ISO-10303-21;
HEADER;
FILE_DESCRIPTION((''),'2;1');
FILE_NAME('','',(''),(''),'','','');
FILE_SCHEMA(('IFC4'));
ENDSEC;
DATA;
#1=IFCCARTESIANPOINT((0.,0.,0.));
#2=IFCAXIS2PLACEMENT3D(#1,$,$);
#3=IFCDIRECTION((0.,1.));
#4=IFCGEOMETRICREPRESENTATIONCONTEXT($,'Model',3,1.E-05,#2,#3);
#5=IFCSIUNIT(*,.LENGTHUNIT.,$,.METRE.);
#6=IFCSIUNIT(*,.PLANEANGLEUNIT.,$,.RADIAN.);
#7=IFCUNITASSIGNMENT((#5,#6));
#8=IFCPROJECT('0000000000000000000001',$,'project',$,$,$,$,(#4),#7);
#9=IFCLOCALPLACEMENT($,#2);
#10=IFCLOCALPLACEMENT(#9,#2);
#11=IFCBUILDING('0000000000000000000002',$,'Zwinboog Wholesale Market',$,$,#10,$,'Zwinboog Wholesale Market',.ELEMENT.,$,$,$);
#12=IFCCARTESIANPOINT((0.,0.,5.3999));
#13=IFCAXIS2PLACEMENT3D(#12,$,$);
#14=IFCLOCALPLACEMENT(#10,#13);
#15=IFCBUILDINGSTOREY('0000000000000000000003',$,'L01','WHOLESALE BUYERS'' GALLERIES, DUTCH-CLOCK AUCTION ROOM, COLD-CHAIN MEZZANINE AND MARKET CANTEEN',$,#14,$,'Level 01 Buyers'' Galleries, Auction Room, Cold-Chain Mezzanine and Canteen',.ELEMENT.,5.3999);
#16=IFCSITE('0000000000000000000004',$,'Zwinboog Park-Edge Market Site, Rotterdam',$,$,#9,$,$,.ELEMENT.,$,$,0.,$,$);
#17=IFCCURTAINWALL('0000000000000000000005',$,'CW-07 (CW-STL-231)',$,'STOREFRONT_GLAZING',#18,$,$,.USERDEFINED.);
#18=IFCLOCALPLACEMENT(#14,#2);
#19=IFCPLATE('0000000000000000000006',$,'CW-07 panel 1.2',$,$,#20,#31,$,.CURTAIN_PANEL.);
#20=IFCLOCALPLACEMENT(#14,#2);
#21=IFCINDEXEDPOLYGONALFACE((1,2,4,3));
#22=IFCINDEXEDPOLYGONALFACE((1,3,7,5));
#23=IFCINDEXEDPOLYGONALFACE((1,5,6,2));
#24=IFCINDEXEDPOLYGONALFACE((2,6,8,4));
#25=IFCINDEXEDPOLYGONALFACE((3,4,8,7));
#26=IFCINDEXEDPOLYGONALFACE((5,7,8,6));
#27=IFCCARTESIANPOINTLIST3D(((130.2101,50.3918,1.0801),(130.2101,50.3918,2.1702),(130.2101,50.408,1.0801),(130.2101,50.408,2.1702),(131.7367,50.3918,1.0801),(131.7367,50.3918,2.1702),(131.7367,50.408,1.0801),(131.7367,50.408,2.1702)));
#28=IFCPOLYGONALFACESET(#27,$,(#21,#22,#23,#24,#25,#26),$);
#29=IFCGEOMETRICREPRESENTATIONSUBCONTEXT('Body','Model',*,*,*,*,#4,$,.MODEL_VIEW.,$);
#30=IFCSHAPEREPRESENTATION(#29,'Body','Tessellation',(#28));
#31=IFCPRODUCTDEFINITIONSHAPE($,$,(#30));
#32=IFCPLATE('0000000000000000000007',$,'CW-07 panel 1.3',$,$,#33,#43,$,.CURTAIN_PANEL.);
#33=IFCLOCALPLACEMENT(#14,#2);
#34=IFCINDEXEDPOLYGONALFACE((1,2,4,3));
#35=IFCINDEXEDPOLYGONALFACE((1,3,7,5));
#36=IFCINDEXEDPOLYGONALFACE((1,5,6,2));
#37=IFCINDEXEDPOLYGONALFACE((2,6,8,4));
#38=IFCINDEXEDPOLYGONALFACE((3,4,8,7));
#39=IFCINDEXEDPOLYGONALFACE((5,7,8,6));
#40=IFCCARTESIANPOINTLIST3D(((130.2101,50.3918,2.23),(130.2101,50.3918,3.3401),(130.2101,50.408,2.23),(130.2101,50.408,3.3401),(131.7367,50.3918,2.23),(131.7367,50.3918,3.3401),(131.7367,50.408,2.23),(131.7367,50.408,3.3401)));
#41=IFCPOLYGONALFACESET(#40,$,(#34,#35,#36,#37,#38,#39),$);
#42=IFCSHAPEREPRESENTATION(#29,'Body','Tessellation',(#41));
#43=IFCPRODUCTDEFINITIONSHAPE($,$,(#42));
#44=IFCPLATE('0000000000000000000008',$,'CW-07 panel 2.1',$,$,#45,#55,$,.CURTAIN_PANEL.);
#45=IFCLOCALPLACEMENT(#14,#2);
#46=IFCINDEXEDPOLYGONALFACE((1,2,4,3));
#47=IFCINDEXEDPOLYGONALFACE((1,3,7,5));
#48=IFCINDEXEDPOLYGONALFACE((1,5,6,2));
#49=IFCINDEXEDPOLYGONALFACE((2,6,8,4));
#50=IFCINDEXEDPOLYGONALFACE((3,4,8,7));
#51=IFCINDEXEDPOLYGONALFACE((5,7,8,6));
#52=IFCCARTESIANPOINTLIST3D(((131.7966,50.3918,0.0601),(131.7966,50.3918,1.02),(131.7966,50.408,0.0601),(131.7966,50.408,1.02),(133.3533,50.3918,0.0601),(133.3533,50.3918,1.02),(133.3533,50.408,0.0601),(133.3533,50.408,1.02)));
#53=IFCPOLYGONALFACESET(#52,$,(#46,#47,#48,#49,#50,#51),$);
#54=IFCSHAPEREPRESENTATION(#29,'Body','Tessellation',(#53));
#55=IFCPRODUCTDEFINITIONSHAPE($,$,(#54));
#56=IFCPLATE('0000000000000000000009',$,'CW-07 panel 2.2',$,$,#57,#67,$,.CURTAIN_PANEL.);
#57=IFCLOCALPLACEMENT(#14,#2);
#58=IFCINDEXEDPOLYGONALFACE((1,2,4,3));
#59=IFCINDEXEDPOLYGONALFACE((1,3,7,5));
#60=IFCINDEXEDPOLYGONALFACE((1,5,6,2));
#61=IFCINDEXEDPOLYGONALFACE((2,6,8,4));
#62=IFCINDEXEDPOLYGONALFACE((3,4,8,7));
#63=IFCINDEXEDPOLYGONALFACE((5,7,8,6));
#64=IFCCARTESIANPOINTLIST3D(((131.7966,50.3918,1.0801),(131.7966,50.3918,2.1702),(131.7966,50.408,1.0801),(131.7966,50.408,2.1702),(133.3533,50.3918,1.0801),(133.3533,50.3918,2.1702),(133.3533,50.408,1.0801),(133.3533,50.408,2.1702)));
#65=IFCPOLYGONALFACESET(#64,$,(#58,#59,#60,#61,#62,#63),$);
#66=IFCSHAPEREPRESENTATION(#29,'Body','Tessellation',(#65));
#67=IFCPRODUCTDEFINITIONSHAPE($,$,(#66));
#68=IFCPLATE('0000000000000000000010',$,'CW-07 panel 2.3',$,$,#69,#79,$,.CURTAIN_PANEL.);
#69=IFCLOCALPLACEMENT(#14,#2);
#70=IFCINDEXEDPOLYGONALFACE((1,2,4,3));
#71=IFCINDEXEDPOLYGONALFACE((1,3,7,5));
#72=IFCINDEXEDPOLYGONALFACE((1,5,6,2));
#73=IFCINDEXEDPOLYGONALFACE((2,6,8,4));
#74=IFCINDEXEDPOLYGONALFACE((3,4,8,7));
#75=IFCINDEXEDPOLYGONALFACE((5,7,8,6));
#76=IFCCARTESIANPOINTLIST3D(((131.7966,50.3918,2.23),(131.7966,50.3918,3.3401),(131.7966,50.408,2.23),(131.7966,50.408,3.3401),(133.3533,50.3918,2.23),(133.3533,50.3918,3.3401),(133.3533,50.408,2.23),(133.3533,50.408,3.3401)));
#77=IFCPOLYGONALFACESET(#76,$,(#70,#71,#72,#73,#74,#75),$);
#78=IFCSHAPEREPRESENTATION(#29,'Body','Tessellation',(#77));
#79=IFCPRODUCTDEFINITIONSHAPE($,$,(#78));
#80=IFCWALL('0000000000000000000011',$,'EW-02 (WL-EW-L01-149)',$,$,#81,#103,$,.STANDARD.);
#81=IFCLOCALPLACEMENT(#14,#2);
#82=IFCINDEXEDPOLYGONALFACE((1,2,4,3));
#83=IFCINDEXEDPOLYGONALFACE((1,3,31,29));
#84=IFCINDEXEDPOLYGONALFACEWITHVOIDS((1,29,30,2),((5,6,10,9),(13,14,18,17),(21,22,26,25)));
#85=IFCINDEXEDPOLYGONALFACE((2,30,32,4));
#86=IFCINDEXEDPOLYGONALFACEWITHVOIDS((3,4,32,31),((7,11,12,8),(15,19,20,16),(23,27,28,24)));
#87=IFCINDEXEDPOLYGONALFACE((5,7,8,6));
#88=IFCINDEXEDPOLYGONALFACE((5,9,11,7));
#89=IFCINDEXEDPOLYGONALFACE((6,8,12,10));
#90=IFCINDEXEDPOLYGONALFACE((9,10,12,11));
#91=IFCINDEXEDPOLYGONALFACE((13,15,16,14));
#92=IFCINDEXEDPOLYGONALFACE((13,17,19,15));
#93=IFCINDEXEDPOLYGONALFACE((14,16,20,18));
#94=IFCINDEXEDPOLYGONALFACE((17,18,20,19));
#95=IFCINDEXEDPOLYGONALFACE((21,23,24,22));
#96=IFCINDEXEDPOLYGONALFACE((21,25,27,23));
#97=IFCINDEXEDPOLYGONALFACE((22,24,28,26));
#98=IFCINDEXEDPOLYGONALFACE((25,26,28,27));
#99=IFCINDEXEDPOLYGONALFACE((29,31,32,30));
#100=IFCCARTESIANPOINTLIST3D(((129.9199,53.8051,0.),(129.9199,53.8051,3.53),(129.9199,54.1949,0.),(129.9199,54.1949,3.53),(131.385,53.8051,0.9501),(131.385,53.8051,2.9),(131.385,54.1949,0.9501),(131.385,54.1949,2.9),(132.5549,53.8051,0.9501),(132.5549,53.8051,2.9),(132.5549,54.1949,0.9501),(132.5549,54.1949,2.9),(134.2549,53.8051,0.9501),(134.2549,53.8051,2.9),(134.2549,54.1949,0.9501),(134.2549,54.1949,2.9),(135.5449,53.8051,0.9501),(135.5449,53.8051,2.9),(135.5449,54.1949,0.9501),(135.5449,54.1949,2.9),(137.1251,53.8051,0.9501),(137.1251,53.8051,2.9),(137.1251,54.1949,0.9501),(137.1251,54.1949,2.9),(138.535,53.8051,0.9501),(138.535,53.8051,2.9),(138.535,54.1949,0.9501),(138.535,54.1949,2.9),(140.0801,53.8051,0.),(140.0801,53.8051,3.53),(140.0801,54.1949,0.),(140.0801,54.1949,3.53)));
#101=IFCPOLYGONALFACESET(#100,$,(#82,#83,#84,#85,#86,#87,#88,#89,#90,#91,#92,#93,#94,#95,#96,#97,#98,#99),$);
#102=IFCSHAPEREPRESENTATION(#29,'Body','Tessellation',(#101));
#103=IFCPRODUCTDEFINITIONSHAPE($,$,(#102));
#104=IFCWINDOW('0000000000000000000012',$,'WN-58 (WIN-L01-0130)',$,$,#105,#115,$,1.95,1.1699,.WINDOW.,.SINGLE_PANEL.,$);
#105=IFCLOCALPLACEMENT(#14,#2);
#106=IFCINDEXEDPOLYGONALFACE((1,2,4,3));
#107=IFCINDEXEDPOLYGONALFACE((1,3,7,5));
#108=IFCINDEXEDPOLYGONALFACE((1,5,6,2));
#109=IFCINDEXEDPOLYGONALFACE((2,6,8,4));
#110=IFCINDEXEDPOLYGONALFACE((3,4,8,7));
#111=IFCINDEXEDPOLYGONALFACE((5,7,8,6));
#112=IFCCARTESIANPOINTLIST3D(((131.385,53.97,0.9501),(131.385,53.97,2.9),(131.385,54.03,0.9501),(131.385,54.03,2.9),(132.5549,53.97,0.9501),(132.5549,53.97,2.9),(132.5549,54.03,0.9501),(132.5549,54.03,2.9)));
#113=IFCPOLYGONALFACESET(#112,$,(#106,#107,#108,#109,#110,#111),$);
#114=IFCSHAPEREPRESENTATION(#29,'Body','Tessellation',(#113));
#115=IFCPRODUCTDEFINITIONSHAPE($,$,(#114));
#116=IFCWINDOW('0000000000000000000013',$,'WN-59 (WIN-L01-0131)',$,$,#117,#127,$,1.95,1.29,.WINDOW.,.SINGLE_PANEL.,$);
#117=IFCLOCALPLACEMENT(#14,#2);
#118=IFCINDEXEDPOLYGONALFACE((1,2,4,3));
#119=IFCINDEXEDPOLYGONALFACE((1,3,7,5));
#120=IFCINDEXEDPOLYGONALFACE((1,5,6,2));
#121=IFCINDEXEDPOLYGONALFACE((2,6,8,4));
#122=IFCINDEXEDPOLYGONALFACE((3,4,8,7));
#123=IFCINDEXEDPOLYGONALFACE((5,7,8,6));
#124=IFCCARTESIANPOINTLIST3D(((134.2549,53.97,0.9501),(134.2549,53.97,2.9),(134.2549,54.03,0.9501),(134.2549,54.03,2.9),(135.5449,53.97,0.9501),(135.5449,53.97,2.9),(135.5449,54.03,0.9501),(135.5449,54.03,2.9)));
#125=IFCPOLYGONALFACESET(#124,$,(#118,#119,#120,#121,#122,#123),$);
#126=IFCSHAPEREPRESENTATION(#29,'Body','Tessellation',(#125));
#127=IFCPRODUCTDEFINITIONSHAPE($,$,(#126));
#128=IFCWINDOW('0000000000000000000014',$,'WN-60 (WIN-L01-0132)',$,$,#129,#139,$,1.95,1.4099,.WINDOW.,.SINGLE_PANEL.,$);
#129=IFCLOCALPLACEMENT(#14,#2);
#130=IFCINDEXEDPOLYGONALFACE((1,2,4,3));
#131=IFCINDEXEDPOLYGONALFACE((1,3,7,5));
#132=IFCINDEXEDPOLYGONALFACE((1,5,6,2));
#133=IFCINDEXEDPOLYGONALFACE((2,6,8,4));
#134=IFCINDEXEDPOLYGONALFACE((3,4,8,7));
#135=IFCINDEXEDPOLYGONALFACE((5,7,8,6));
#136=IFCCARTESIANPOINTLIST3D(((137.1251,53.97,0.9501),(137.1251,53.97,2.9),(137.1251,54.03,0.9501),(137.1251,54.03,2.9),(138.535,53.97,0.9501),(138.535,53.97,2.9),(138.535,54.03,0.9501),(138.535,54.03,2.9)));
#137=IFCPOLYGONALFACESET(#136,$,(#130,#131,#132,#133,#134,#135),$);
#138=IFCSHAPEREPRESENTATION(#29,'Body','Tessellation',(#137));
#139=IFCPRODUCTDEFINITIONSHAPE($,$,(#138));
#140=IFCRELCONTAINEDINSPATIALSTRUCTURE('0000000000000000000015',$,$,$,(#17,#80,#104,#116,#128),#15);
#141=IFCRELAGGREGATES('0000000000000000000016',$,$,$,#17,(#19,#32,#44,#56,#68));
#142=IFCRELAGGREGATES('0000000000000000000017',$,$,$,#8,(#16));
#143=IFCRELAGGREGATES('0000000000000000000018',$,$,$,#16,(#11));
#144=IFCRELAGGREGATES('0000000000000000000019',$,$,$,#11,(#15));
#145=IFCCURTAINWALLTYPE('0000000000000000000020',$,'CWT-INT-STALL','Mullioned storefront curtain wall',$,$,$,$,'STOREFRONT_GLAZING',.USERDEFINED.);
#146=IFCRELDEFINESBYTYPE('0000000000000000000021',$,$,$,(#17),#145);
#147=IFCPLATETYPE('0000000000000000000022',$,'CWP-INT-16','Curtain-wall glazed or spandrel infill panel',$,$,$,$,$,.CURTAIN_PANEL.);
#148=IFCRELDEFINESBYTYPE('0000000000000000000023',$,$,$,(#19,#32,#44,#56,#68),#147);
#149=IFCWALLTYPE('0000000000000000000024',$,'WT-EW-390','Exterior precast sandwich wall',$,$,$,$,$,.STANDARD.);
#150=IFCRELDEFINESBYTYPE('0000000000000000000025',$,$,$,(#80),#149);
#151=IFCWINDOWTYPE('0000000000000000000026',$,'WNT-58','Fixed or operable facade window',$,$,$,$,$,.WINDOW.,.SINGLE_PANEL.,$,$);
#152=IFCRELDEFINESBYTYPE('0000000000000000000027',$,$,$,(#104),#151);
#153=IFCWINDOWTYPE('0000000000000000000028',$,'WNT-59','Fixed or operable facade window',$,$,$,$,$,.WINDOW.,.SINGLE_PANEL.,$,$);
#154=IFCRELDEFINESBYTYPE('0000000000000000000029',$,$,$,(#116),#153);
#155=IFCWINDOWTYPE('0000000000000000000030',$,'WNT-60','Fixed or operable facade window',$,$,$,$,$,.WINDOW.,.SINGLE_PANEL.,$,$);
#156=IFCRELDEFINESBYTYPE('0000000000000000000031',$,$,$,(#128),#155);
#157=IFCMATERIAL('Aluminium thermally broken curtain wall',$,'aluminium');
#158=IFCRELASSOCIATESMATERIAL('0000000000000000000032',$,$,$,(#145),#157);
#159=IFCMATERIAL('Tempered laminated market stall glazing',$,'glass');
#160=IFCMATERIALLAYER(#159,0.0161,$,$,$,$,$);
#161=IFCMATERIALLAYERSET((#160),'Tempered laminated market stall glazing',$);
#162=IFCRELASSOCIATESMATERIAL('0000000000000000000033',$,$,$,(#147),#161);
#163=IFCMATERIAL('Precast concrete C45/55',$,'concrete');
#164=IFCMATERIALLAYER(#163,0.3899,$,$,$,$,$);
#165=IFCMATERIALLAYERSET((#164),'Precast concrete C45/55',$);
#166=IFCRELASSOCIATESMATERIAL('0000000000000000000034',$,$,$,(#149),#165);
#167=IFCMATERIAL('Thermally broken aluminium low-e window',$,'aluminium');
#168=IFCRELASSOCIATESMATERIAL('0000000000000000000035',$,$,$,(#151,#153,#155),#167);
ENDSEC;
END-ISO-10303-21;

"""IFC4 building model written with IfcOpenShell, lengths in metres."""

from ifc_helpers import new_model, si_unit, direction, frame, frame_2d, origin, origin_2d, place, context, subcontext, project, spatial, rectangle, extrude, material, layer, layer_set, type_object, element, fill, aggregate, save


model = new_model("IFC4")

# Units and contexts
model_context = context("Model", 3, precision=1e-05, world=origin(), true_north=direction((0.0, 1.0)))
body_context = subcontext(model_context, "Body", "Model", "MODEL_VIEW")
ifc_project = project(units=[si_unit("LENGTHUNIT", "METRE"), si_unit("PLANEANGLEUNIT", "RADIAN")], contexts=[model_context])

# Site, building, storey
site_placement = place(None, origin())
site = spatial("IfcSite", under=ifc_project, at=site_placement, Name="Zwinboog Park-Edge Market Site, Rotterdam", CompositionType="ELEMENT", RefElevation=0.0)
building_placement = place(site_placement, origin())
building = spatial("IfcBuilding", under=site, at=building_placement, Name="Zwinboog Wholesale Market", LongName="Zwinboog Wholesale Market", CompositionType="ELEMENT")
storey_placement = place(building_placement, frame((0.0, 0.0, 5.3999)))
storey = spatial("IfcBuildingStorey", under=building, at=storey_placement, Name="L01", Description="WHOLESALE BUYERS' GALLERIES, DUTCH-CLOCK AUCTION ROOM, COLD-CHAIN MEZZANINE AND MARKET CANTEEN", LongName="Level 01 Buyers' Galleries, Auction Room, Cold-Chain Mezzanine and Canteen", CompositionType="ELEMENT", Elevation=5.3999)

# Shared definitions
ifc_material_1 = material(Name="Precast concrete C45/55", Category="concrete")

# Curtain wall, plates
ifc_material_2 = material(Name="Aluminium thermally broken curtain wall", Category="aluminium")
curtain_wall_type = type_object("IfcCurtainWallType", Name="CWT-INT-STALL", Description="Mullioned storefront curtain wall", ElementType="STOREFRONT_GLAZING", PredefinedType="USERDEFINED", material=ifc_material_2)
curtain_wall_placement = place(storey_placement, origin())
curtain_wall = element("IfcCurtainWall", 1, at=curtain_wall_placement, inside=storey, type_object=curtain_wall_type, Name="CW-07 (CW-STL-231)", ObjectType="STOREFRONT_GLAZING", PredefinedType="USERDEFINED")
ifc_material_3 = material(Name="Tempered laminated market stall glazing", Category="glass")
ifc_layer_1 = layer(ifc_material_3, 0.0161)
ifc_layer_set_1 = layer_set([ifc_layer_1], Name="Tempered laminated market stall glazing")
plate_type = type_object("IfcPlateType", Name="CWP-INT-16", Description="Curtain-wall glazed or spandrel infill panel", PredefinedType="CURTAIN_PANEL", material=ifc_layer_set_1)
plate_1_placement = place(storey_placement, frame((130.9734, 50.3999, 1.0801), z_axis=(0.0, 0.0, 1.0), x_axis=(1.0, 0.0, 0.0)))
plate_1 = element("IfcPlate", 2, at=plate_1_placement, type_object=plate_type, Name="CW-07 panel 1.2", PredefinedType="CURTAIN_PANEL", context=body_context, shape_type="SweptSolid", body=[
    extrude(rectangle(XDim=1.5266, YDim=0.0161, at=origin_2d()), origin(), (0.0, 0.0, 1.0), 1.0901),
])
plate_2_placement = place(storey_placement, frame((130.9734, 50.3999, 2.23), z_axis=(0.0, 0.0, 1.0), x_axis=(1.0, 0.0, 0.0)))
plate_2 = element("IfcPlate", 3, at=plate_2_placement, type_object=plate_type, Name="CW-07 panel 1.3", PredefinedType="CURTAIN_PANEL", context=body_context, shape_type="SweptSolid", body=[
    extrude(rectangle(XDim=1.5266, YDim=0.0161, at=origin_2d()), origin(), (0.0, 0.0, 1.0), 1.1101),
])
plate_3_placement = place(storey_placement, frame((132.575, 50.3999, 0.0601), z_axis=(0.0, 0.0, 1.0), x_axis=(1.0, 0.0, 0.0)))
plate_3 = element("IfcPlate", 4, at=plate_3_placement, type_object=plate_type, Name="CW-07 panel 2.1", PredefinedType="CURTAIN_PANEL", context=body_context, shape_type="SweptSolid", body=[
    extrude(rectangle(XDim=1.5566, YDim=0.0161, at=origin_2d()), origin(), (0.0, 0.0, 1.0), 0.96),
])
plate_4_placement = place(storey_placement, frame((132.575, 50.3999, 1.0801), z_axis=(0.0, 0.0, 1.0), x_axis=(1.0, 0.0, 0.0)))
plate_4 = element("IfcPlate", 5, at=plate_4_placement, type_object=plate_type, Name="CW-07 panel 2.2", PredefinedType="CURTAIN_PANEL", context=body_context, shape_type="SweptSolid", body=[
    extrude(rectangle(XDim=1.5566, YDim=0.0161, at=origin_2d()), origin(), (0.0, 0.0, 1.0), 1.0901),
])
plate_5_placement = place(storey_placement, frame((132.575, 50.3999, 2.23), z_axis=(0.0, 0.0, 1.0), x_axis=(1.0, 0.0, 0.0)))
plate_5 = element("IfcPlate", 6, at=plate_5_placement, type_object=plate_type, Name="CW-07 panel 2.3", PredefinedType="CURTAIN_PANEL", context=body_context, shape_type="SweptSolid", body=[
    extrude(rectangle(XDim=1.5566, YDim=0.0161, at=origin_2d()), origin(), (0.0, 0.0, 1.0), 1.1101),
])
aggregate(curtain_wall, [plate_1, plate_2, plate_3, plate_4, plate_5])

# Wall, openings, windows
ifc_layer_2 = layer(ifc_material_1, 0.3899)
ifc_layer_set_2 = layer_set([ifc_layer_2], Name="Precast concrete C45/55")
wall_type = type_object("IfcWallType", Name="WT-EW-390", Description="Exterior precast sandwich wall", PredefinedType="STANDARD", material=ifc_layer_set_2)
wall_placement = place(storey_placement, frame((129.9199, 54.0, 0.0), z_axis=(0.0, 0.0, 1.0), x_axis=(1.0, 0.0, 0.0)))
wall = element("IfcWall", 7, at=wall_placement, inside=storey, type_object=wall_type, Name="EW-02 (WL-EW-L01-149)", PredefinedType="STANDARD", context=body_context, shape_type="SweptSolid", body=[
    extrude(rectangle(XDim=10.1602, YDim=0.3899, at=frame_2d((5.0801, 0.0))), origin(), (0.0, 0.0, 1.0), 3.53),
])
opening_1_placement = place(wall_placement, frame((1.4651, 0.0, 0.95)))
opening_1 = element("IfcOpeningElement", 8, at=opening_1_placement, cuts=wall, PredefinedType="OPENING", context=body_context, shape_type="SweptSolid", body=[
    extrude(rectangle(XDim=1.1699, YDim=1.95, at=frame_2d((0.585, 0.9751))), frame((0.0, 0.2048, 0.0), z_axis=(0.0, -1.0, 0.0), x_axis=(1.0, 0.0, 0.0)), (0.0, 0.0, 1.0), 0.4099),
])
opening_2_placement = place(wall_placement, frame((4.335, 0.0, 0.95)))
opening_2 = element("IfcOpeningElement", 9, at=opening_2_placement, cuts=wall, PredefinedType="OPENING", context=body_context, shape_type="SweptSolid", body=[
    extrude(rectangle(XDim=1.29, YDim=1.95, at=frame_2d((0.645, 0.9751))), frame((0.0, 0.2048, 0.0), z_axis=(0.0, -1.0, 0.0), x_axis=(1.0, 0.0, 0.0)), (0.0, 0.0, 1.0), 0.4099),
])
opening_3_placement = place(wall_placement, frame((7.2051, 0.0, 0.95)))
opening_3 = element("IfcOpeningElement", 10, at=opening_3_placement, cuts=wall, PredefinedType="OPENING", context=body_context, shape_type="SweptSolid", body=[
    extrude(rectangle(XDim=1.4099, YDim=1.95, at=frame_2d((0.7051, 0.9751))), frame((0.0, 0.2048, 0.0), z_axis=(0.0, -1.0, 0.0), x_axis=(1.0, 0.0, 0.0)), (0.0, 0.0, 1.0), 0.4099),
])
ifc_material_4 = material(Name="Thermally broken aluminium low-e window", Category="aluminium")
window_type_1 = type_object("IfcWindowType", Name="WNT-58", Description="Fixed or operable facade window", PartitioningType="SINGLE_PANEL", PredefinedType="WINDOW", material=ifc_material_4)
window_1_placement = place(opening_1_placement, origin())
window_1 = element("IfcWindow", 11, at=window_1_placement, inside=storey, type_object=window_type_1, Name="WN-58 (WIN-L01-0130)", OverallHeight=1.95, OverallWidth=1.1699, PartitioningType="SINGLE_PANEL", PredefinedType="WINDOW", context=body_context, shape_type="SweptSolid", body=[
    extrude(rectangle(XDim=1.1699, YDim=1.95, at=frame_2d((0.585, 0.9751))), frame((0.0, 0.03, 0.0), z_axis=(0.0, -1.0, 0.0), x_axis=(1.0, 0.0, 0.0)), (0.0, 0.0, 1.0), 0.0601),
])
fill(opening_1, window_1)
window_type_2 = type_object("IfcWindowType", Name="WNT-59", Description="Fixed or operable facade window", PartitioningType="SINGLE_PANEL", PredefinedType="WINDOW", material=ifc_material_4)
window_2_placement = place(opening_2_placement, origin())
window_2 = element("IfcWindow", 12, at=window_2_placement, inside=storey, type_object=window_type_2, Name="WN-59 (WIN-L01-0131)", OverallHeight=1.95, OverallWidth=1.29, PartitioningType="SINGLE_PANEL", PredefinedType="WINDOW", context=body_context, shape_type="SweptSolid", body=[
    extrude(rectangle(XDim=1.29, YDim=1.95, at=frame_2d((0.645, 0.9751))), frame((0.0, 0.03, 0.0), z_axis=(0.0, -1.0, 0.0), x_axis=(1.0, 0.0, 0.0)), (0.0, 0.0, 1.0), 0.0601),
])
fill(opening_2, window_2)
window_type_3 = type_object("IfcWindowType", Name="WNT-60", Description="Fixed or operable facade window", PartitioningType="SINGLE_PANEL", PredefinedType="WINDOW", material=ifc_material_4)
window_3_placement = place(opening_3_placement, origin())
window_3 = element("IfcWindow", 13, at=window_3_placement, inside=storey, type_object=window_type_3, Name="WN-60 (WIN-L01-0132)", OverallHeight=1.95, OverallWidth=1.4099, PartitioningType="SINGLE_PANEL", PredefinedType="WINDOW", context=body_context, shape_type="SweptSolid", body=[
    extrude(rectangle(XDim=1.4099, YDim=1.95, at=frame_2d((0.7051, 0.9751))), frame((0.0, 0.03, 0.0), z_axis=(0.0, -1.0, 0.0), x_axis=(1.0, 0.0, 0.0)), (0.0, 0.0, 1.0), 0.0601),
])
fill(opening_3, window_3)

save(model, "model.ifc")
